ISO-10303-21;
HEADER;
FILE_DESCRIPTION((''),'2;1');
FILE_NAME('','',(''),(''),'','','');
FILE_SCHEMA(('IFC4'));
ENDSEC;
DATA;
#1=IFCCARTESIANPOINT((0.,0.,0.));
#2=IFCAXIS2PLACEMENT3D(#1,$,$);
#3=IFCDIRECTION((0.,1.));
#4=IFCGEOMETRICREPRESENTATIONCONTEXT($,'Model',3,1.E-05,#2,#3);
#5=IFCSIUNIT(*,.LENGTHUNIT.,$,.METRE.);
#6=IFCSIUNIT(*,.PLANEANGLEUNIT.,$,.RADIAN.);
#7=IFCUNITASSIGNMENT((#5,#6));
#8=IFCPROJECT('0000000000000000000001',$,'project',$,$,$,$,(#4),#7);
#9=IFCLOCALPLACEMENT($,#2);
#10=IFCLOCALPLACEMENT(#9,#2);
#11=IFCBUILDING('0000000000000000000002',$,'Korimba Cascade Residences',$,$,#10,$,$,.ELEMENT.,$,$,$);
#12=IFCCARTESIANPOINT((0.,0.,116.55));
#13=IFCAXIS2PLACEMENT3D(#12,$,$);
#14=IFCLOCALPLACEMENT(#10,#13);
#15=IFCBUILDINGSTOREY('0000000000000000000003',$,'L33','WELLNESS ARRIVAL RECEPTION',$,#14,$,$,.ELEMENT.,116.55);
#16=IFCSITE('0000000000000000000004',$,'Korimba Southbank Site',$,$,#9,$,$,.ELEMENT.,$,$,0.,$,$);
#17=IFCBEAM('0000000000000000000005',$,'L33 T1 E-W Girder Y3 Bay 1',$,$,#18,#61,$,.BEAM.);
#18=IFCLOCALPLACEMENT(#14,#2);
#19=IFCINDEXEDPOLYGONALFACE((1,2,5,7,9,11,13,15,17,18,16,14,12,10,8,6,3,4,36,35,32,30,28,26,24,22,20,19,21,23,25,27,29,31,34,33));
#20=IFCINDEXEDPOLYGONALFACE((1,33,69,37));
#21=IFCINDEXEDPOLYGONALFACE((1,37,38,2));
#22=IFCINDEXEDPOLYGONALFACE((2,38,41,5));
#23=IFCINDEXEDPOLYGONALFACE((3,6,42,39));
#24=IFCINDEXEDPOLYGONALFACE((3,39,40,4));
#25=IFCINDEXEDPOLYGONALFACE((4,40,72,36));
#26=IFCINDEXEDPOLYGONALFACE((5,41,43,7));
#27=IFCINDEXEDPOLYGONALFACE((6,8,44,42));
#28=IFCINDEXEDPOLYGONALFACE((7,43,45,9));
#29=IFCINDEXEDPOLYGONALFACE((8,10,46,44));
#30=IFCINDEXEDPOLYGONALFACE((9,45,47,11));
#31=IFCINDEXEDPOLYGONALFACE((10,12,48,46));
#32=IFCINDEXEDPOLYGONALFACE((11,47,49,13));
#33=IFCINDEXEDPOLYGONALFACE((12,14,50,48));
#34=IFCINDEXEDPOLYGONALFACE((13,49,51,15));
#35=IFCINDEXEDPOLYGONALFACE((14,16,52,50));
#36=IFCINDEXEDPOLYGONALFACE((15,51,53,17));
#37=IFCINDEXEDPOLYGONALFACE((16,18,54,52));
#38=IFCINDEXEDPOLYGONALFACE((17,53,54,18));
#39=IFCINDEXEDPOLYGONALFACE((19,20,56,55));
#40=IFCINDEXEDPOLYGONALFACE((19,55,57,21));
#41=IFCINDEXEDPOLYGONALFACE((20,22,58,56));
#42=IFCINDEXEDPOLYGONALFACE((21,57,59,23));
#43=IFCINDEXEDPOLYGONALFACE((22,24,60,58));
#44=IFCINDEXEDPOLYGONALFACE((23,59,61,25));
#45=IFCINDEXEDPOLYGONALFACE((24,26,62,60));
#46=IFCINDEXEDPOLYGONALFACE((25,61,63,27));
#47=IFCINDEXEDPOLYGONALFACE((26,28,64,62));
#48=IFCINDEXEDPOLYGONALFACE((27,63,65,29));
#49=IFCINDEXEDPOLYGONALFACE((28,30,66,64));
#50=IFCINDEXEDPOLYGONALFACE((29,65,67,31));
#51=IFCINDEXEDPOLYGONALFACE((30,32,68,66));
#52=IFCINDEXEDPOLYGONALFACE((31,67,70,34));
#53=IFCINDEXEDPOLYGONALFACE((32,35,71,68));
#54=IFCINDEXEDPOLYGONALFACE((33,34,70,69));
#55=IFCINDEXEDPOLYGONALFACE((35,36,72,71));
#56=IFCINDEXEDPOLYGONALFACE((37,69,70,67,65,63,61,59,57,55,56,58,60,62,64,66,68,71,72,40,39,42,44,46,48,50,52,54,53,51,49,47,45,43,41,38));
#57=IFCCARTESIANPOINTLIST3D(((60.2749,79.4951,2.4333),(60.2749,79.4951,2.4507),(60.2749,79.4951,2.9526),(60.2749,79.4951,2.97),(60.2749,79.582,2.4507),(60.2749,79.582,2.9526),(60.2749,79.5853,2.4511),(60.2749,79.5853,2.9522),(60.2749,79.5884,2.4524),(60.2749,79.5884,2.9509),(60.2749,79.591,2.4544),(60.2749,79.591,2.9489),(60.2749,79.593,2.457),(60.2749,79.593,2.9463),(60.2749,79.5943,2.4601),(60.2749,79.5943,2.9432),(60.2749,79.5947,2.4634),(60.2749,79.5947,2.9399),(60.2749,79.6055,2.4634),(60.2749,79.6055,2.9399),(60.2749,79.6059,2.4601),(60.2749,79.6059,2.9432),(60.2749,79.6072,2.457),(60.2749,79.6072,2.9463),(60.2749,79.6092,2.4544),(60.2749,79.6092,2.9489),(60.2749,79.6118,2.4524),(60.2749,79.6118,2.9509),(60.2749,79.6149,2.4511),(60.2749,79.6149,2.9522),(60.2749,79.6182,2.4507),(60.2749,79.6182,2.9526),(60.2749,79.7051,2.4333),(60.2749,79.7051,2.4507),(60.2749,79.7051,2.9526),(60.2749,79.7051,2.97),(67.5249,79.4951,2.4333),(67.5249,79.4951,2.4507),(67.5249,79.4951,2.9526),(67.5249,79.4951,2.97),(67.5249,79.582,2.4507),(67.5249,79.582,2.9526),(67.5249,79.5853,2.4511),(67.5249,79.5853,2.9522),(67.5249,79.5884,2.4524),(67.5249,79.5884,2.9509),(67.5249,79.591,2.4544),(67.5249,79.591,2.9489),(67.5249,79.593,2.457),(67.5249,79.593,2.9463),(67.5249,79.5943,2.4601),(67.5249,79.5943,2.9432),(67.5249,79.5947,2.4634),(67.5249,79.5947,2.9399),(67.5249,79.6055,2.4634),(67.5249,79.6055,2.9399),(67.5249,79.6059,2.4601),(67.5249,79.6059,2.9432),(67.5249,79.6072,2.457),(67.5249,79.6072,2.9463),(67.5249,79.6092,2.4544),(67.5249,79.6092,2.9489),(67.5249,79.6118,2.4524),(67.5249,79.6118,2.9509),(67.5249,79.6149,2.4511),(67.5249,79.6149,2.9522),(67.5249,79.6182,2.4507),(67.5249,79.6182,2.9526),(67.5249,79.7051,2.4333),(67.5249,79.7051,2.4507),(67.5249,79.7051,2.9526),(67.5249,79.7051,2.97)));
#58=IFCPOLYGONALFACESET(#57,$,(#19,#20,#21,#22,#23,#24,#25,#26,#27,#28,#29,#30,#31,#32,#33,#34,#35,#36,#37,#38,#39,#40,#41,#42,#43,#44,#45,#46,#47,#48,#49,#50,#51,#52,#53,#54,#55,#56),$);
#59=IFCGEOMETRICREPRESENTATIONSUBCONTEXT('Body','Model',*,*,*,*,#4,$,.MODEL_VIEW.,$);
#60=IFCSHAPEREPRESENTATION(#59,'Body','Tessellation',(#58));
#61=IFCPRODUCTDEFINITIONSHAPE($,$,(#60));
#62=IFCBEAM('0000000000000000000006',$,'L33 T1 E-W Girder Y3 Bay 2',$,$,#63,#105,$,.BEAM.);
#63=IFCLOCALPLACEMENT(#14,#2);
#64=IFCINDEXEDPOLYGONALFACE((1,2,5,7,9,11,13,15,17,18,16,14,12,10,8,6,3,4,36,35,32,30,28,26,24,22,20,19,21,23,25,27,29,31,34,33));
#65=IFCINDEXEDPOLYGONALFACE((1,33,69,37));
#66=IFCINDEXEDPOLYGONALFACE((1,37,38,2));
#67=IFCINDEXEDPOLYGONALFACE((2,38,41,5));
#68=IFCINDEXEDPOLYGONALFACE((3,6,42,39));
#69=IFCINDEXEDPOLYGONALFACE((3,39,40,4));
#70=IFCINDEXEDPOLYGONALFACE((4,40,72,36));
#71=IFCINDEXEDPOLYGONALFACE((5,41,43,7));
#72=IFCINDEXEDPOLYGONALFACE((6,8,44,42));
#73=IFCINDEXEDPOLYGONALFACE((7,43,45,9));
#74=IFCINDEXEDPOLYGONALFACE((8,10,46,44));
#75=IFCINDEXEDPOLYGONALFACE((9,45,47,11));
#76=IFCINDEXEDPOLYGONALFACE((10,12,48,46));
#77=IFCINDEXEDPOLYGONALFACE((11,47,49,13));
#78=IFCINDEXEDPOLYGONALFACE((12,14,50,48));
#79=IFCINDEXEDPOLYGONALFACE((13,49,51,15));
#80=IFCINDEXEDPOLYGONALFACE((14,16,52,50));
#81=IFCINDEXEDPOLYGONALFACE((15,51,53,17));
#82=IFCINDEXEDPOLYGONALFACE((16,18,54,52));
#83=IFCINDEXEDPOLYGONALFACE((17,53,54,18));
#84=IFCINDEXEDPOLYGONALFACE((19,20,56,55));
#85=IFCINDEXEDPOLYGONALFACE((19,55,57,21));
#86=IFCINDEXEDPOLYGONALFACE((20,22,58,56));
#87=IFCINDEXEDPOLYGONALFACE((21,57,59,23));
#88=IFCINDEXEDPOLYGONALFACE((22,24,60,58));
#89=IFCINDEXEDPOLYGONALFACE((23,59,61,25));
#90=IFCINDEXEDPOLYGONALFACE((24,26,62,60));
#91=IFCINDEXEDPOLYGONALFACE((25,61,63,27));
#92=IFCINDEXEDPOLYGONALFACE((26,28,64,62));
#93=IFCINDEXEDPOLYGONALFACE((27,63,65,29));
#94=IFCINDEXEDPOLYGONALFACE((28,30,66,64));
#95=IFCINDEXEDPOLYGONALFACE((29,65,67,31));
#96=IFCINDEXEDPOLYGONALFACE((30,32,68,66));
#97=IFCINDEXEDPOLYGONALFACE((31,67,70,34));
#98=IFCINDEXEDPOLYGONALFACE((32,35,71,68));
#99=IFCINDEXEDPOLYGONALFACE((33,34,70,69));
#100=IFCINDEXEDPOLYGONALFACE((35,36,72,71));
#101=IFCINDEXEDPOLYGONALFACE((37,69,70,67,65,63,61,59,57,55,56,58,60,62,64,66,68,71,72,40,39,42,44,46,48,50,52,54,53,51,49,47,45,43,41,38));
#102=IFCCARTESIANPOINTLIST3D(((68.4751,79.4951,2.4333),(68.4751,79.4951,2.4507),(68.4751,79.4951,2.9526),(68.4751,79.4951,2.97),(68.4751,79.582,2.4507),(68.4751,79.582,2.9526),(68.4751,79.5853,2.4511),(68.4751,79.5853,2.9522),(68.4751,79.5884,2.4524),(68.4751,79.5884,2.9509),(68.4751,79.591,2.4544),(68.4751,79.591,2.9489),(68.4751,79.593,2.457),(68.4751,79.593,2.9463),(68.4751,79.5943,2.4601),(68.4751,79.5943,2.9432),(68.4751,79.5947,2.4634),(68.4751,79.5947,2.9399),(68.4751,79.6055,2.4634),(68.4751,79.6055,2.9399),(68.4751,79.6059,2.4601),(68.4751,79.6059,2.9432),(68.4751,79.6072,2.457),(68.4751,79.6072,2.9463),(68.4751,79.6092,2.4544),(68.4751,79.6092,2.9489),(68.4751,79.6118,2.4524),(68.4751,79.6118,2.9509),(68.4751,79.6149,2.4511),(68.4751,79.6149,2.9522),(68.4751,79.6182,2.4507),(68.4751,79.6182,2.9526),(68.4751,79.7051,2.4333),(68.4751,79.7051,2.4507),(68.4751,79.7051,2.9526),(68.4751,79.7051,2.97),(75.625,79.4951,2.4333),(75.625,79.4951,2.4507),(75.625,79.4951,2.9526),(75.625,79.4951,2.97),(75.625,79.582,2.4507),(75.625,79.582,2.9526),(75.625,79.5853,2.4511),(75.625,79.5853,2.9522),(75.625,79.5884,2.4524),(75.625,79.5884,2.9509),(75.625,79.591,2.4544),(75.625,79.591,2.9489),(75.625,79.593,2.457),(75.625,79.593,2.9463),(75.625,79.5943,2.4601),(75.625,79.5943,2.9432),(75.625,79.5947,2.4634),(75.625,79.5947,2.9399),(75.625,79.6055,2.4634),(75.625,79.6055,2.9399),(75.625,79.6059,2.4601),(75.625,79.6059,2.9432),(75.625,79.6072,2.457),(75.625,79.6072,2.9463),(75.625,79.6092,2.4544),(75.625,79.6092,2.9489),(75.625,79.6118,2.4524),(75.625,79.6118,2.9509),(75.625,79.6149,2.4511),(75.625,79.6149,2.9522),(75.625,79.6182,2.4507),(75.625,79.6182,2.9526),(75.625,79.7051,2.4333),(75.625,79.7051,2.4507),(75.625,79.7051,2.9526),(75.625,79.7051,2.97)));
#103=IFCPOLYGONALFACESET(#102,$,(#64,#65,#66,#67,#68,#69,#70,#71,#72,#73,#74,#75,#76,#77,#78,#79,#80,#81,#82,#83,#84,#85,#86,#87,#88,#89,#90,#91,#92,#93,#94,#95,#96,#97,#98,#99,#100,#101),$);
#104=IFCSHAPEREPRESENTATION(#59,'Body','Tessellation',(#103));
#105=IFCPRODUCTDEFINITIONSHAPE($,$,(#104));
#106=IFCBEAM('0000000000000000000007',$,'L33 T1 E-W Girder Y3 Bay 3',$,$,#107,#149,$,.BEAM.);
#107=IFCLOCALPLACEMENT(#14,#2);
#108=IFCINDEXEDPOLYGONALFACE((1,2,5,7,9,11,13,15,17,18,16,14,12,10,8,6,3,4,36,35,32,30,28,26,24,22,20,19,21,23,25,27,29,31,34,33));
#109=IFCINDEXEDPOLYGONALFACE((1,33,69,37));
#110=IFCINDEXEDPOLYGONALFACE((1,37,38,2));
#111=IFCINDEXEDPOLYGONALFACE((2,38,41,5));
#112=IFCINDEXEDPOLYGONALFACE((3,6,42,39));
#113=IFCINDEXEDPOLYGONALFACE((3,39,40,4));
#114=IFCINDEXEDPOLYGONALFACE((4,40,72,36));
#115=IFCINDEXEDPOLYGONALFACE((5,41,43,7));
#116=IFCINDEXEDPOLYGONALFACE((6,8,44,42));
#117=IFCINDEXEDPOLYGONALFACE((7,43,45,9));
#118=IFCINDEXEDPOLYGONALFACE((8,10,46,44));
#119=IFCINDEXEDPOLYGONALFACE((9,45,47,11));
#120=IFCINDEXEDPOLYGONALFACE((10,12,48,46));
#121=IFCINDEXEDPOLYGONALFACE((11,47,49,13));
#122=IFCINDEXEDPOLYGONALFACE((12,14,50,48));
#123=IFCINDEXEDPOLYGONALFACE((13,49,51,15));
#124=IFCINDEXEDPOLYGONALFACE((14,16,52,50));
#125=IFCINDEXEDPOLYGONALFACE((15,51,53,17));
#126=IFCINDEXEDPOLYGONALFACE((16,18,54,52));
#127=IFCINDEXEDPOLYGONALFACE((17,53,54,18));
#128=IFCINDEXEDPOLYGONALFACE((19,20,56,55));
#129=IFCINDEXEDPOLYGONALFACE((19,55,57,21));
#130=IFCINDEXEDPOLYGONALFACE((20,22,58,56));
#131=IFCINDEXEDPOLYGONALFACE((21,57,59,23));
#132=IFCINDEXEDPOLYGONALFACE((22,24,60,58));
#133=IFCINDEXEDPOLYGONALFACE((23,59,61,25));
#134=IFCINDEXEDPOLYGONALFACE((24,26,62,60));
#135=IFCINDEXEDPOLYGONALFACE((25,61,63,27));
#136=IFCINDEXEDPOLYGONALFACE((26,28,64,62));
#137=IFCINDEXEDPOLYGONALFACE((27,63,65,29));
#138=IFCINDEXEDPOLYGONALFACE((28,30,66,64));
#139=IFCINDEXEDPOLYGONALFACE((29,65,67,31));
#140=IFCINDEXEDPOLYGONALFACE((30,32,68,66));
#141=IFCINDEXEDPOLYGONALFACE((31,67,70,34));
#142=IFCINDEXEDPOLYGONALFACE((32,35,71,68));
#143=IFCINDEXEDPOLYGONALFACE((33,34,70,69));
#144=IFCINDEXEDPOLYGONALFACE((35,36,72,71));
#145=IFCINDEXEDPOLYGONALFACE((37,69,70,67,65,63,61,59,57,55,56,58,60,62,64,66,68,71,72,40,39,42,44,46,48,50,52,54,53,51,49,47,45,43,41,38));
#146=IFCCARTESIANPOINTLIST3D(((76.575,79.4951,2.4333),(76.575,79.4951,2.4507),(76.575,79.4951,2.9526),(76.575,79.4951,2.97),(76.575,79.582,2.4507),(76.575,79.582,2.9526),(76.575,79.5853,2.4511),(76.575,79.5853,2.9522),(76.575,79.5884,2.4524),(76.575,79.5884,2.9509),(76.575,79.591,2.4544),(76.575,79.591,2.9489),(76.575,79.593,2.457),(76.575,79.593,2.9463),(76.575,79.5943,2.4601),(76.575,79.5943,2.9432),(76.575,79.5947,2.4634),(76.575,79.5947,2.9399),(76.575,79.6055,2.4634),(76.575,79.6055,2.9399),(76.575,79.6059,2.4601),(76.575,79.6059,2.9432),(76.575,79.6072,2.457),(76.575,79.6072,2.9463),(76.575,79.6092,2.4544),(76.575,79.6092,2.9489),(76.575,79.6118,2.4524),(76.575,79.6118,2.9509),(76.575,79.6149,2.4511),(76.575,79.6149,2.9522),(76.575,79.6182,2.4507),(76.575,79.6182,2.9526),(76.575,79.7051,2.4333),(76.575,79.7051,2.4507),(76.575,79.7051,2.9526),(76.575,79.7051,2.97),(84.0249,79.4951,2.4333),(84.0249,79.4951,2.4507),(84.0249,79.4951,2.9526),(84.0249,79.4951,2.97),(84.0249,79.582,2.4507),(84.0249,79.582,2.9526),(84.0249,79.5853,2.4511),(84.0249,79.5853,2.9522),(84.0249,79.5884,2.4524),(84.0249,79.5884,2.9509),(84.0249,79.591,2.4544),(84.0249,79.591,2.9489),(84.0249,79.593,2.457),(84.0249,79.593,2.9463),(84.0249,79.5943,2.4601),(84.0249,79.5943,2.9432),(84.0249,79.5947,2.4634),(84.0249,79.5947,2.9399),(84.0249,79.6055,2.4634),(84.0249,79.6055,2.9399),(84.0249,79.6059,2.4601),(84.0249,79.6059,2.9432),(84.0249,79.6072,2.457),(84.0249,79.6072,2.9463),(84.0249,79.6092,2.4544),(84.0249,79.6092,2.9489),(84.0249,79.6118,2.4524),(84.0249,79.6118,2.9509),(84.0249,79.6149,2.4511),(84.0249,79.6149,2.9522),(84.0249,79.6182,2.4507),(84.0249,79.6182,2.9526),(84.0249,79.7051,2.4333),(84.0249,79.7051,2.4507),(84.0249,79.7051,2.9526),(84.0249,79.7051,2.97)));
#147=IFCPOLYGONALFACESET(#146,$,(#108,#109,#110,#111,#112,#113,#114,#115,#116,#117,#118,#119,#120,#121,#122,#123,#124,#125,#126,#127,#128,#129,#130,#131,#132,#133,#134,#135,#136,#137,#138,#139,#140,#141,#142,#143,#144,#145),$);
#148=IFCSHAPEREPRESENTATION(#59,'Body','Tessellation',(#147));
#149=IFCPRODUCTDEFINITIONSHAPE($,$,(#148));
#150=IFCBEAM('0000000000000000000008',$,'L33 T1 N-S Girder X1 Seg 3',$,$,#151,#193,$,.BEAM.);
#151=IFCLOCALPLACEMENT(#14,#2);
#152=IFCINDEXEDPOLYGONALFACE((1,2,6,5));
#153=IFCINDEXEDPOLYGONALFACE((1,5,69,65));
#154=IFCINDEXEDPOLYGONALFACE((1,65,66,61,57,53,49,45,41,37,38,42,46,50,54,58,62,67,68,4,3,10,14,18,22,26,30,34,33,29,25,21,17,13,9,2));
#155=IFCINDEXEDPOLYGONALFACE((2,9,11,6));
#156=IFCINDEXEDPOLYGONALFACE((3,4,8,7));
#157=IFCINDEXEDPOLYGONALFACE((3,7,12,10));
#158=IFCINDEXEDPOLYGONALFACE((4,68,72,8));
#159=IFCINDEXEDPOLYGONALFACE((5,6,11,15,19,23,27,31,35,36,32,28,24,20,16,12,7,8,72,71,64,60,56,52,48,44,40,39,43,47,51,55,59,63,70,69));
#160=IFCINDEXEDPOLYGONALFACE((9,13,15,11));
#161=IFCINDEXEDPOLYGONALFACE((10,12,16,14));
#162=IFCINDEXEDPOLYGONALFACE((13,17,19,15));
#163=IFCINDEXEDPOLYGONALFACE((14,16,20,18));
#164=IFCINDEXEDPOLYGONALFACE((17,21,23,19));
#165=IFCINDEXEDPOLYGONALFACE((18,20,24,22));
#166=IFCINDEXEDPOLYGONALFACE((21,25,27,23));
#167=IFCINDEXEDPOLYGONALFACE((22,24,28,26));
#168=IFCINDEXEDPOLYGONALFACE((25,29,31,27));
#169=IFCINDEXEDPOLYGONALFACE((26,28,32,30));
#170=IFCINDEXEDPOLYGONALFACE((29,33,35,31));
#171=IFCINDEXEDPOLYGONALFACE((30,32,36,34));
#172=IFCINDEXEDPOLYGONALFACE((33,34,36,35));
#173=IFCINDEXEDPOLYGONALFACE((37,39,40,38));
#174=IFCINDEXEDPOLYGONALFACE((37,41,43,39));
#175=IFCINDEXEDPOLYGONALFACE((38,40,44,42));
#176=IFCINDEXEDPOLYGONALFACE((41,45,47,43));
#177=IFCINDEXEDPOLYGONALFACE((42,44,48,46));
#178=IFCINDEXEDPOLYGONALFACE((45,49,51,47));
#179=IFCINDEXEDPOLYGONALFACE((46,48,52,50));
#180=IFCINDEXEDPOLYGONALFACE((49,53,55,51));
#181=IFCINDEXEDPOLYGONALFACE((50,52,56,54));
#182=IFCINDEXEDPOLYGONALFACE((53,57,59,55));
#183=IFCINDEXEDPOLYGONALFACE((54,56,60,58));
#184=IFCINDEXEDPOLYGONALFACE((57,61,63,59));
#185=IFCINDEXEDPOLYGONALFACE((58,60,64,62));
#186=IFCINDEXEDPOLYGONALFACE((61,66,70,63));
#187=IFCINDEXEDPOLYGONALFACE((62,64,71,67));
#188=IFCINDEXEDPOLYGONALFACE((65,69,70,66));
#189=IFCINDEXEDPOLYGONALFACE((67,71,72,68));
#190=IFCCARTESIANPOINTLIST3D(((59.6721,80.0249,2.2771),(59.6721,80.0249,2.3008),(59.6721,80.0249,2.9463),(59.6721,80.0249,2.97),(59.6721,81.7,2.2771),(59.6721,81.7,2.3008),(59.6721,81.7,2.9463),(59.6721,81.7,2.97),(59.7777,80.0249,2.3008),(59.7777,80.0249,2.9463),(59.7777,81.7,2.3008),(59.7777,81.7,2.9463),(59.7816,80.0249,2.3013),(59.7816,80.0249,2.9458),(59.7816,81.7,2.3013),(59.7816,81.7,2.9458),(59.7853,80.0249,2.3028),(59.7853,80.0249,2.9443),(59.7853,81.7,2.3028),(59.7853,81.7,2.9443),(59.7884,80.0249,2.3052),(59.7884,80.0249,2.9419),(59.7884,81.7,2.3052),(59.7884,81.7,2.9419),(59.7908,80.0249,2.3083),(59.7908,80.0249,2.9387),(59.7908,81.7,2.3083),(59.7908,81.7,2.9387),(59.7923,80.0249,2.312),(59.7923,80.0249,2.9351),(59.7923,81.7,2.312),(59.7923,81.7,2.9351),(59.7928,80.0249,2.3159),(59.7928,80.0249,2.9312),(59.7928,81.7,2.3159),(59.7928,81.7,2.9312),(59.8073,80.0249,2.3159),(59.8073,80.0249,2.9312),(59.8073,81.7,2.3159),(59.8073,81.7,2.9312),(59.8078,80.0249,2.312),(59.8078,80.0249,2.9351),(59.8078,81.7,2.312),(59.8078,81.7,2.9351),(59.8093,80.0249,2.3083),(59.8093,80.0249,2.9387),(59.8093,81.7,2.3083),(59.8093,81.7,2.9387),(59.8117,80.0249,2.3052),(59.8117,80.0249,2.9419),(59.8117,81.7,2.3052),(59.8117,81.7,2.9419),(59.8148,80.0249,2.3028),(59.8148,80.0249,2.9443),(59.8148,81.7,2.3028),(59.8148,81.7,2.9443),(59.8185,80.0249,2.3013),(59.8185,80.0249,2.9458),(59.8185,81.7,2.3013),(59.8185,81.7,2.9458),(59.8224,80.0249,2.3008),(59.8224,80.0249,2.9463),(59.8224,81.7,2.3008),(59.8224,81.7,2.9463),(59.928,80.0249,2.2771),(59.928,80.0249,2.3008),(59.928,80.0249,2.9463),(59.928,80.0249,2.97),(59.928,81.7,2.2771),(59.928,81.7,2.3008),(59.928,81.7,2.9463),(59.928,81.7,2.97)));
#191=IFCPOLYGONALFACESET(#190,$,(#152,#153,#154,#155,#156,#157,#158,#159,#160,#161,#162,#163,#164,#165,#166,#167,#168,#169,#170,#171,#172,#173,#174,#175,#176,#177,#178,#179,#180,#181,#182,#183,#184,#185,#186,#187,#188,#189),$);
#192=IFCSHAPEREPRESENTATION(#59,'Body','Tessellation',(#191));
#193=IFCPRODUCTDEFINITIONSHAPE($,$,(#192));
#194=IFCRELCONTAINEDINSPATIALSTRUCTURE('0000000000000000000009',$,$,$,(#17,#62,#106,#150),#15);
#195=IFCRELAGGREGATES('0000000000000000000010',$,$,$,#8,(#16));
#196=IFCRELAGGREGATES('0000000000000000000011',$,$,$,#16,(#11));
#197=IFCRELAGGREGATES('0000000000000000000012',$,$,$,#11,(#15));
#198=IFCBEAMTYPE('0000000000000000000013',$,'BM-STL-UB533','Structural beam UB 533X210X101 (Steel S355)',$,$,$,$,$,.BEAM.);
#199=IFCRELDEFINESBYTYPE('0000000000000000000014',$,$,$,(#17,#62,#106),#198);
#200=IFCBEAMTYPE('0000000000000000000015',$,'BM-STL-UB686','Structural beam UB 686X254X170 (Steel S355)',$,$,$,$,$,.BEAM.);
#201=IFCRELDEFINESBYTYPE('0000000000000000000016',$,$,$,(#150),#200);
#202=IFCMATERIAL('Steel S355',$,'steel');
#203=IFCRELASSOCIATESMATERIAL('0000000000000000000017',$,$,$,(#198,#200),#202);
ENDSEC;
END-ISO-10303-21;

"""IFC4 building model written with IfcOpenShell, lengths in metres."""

from ifc_helpers import new_model, si_unit, direction, frame, origin, origin_2d, place, context, subcontext, project, spatial, i_section, extrude, material, material_profile, profile_set, type_object, element, save


model = new_model("IFC4")

# Units and contexts
model_context = context("Model", 3, precision=1e-05, world=origin(), true_north=direction((0.0, 1.0)))
body_context = subcontext(model_context, "Body", "Model", "MODEL_VIEW")
ifc_project = project(units=[si_unit("LENGTHUNIT", "METRE"), si_unit("PLANEANGLEUNIT", "RADIAN")], contexts=[model_context])

# Site, building, storey
site_placement = place(None, origin())
site = spatial("IfcSite", under=ifc_project, at=site_placement, Name="Korimba Southbank Site", CompositionType="ELEMENT", RefElevation=0.0)
building_placement = place(site_placement, origin())
building = spatial("IfcBuilding", under=site, at=building_placement, Name="Korimba Cascade Residences", CompositionType="ELEMENT")
storey_placement = place(building_placement, frame((0.0, 0.0, 116.55)))
storey = spatial("IfcBuildingStorey", under=building, at=storey_placement, Name="L33", Description="WELLNESS ARRIVAL RECEPTION", CompositionType="ELEMENT", Elevation=116.55)

# Beams
ifc_material_1 = material(Name="Steel S355", Category="steel")
ifc_material_profile_1 = material_profile(ifc_material_1, i_section(OverallWidth=0.21, OverallDepth=0.5366, WebThickness=0.0107, FlangeThickness=0.0173, FilletRadius=0.0127, at=origin_2d()), Name="Steel S355")
ifc_profile_set_1 = profile_set([ifc_material_profile_1], Name="Steel S355")
beam_type_1 = type_object("IfcBeamType", Name="BM-STL-UB533", Description="Structural beam UB 533X210X101 (Steel S355)", PredefinedType="BEAM", material=ifc_profile_set_1)
beam_1_placement = place(storey_placement, frame((60.2749, 79.6001, 2.7017), z_axis=(1.0, 0.0, 0.0), x_axis=(0.0, 1.0, 0.0)))
element("IfcBeam", 1, at=beam_1_placement, inside=storey, type_object=beam_type_1, Name="L33 T1 E-W Girder Y3 Bay 1", PredefinedType="BEAM", context=body_context, shape_type="SweptSolid", body=[
    extrude(i_section(OverallWidth=0.21, OverallDepth=0.5366, WebThickness=0.0107, FlangeThickness=0.0173, FilletRadius=0.0127, at=origin_2d()), origin(), (0.0, 0.0, 1.0), 7.25),
])
beam_2_placement = place(storey_placement, frame((68.4751, 79.6001, 2.7017), z_axis=(1.0, 0.0, 0.0), x_axis=(0.0, 1.0, 0.0)))
element("IfcBeam", 2, at=beam_2_placement, inside=storey, type_object=beam_type_1, Name="L33 T1 E-W Girder Y3 Bay 2", PredefinedType="BEAM", context=body_context, shape_type="SweptSolid", body=[
    extrude(i_section(OverallWidth=0.21, OverallDepth=0.5366, WebThickness=0.0107, FlangeThickness=0.0173, FilletRadius=0.0127, at=origin_2d()), origin(), (0.0, 0.0, 1.0), 7.1499),
])
beam_3_placement = place(storey_placement, frame((76.575, 79.6001, 2.7017), z_axis=(1.0, 0.0, 0.0), x_axis=(0.0, 1.0, 0.0)))
element("IfcBeam", 3, at=beam_3_placement, inside=storey, type_object=beam_type_1, Name="L33 T1 E-W Girder Y3 Bay 3", PredefinedType="BEAM", context=body_context, shape_type="SweptSolid", body=[
    extrude(i_section(OverallWidth=0.21, OverallDepth=0.5366, WebThickness=0.0107, FlangeThickness=0.0173, FilletRadius=0.0127, at=origin_2d()), origin(), (0.0, 0.0, 1.0), 7.45),
])
ifc_material_profile_2 = material_profile(ifc_material_1, i_section(OverallWidth=0.2559, OverallDepth=0.6929, WebThickness=0.0144, FlangeThickness=0.0237, FilletRadius=0.0151, at=origin_2d()), Name="Steel S355")
ifc_profile_set_2 = profile_set([ifc_material_profile_2], Name="Steel S355")
beam_type_2 = type_object("IfcBeamType", Name="BM-STL-UB686", Description="Structural beam UB 686X254X170 (Steel S355)", PredefinedType="BEAM", material=ifc_profile_set_2)
beam_4_placement = place(storey_placement, frame((59.8, 80.0249, 2.6235), z_axis=(0.0, 1.0, 0.0), x_axis=(-1.0, 0.0, 0.0)))
element("IfcBeam", 4, at=beam_4_placement, inside=storey, type_object=beam_type_2, Name="L33 T1 N-S Girder X1 Seg 3", PredefinedType="BEAM", context=body_context, shape_type="SweptSolid", body=[
    extrude(i_section(OverallWidth=0.2559, OverallDepth=0.6929, WebThickness=0.0144, FlangeThickness=0.0237, FilletRadius=0.0151, at=origin_2d()), origin(), (0.0, 0.0, 1.0), 1.675),
])

save(model, "model.ifc")
